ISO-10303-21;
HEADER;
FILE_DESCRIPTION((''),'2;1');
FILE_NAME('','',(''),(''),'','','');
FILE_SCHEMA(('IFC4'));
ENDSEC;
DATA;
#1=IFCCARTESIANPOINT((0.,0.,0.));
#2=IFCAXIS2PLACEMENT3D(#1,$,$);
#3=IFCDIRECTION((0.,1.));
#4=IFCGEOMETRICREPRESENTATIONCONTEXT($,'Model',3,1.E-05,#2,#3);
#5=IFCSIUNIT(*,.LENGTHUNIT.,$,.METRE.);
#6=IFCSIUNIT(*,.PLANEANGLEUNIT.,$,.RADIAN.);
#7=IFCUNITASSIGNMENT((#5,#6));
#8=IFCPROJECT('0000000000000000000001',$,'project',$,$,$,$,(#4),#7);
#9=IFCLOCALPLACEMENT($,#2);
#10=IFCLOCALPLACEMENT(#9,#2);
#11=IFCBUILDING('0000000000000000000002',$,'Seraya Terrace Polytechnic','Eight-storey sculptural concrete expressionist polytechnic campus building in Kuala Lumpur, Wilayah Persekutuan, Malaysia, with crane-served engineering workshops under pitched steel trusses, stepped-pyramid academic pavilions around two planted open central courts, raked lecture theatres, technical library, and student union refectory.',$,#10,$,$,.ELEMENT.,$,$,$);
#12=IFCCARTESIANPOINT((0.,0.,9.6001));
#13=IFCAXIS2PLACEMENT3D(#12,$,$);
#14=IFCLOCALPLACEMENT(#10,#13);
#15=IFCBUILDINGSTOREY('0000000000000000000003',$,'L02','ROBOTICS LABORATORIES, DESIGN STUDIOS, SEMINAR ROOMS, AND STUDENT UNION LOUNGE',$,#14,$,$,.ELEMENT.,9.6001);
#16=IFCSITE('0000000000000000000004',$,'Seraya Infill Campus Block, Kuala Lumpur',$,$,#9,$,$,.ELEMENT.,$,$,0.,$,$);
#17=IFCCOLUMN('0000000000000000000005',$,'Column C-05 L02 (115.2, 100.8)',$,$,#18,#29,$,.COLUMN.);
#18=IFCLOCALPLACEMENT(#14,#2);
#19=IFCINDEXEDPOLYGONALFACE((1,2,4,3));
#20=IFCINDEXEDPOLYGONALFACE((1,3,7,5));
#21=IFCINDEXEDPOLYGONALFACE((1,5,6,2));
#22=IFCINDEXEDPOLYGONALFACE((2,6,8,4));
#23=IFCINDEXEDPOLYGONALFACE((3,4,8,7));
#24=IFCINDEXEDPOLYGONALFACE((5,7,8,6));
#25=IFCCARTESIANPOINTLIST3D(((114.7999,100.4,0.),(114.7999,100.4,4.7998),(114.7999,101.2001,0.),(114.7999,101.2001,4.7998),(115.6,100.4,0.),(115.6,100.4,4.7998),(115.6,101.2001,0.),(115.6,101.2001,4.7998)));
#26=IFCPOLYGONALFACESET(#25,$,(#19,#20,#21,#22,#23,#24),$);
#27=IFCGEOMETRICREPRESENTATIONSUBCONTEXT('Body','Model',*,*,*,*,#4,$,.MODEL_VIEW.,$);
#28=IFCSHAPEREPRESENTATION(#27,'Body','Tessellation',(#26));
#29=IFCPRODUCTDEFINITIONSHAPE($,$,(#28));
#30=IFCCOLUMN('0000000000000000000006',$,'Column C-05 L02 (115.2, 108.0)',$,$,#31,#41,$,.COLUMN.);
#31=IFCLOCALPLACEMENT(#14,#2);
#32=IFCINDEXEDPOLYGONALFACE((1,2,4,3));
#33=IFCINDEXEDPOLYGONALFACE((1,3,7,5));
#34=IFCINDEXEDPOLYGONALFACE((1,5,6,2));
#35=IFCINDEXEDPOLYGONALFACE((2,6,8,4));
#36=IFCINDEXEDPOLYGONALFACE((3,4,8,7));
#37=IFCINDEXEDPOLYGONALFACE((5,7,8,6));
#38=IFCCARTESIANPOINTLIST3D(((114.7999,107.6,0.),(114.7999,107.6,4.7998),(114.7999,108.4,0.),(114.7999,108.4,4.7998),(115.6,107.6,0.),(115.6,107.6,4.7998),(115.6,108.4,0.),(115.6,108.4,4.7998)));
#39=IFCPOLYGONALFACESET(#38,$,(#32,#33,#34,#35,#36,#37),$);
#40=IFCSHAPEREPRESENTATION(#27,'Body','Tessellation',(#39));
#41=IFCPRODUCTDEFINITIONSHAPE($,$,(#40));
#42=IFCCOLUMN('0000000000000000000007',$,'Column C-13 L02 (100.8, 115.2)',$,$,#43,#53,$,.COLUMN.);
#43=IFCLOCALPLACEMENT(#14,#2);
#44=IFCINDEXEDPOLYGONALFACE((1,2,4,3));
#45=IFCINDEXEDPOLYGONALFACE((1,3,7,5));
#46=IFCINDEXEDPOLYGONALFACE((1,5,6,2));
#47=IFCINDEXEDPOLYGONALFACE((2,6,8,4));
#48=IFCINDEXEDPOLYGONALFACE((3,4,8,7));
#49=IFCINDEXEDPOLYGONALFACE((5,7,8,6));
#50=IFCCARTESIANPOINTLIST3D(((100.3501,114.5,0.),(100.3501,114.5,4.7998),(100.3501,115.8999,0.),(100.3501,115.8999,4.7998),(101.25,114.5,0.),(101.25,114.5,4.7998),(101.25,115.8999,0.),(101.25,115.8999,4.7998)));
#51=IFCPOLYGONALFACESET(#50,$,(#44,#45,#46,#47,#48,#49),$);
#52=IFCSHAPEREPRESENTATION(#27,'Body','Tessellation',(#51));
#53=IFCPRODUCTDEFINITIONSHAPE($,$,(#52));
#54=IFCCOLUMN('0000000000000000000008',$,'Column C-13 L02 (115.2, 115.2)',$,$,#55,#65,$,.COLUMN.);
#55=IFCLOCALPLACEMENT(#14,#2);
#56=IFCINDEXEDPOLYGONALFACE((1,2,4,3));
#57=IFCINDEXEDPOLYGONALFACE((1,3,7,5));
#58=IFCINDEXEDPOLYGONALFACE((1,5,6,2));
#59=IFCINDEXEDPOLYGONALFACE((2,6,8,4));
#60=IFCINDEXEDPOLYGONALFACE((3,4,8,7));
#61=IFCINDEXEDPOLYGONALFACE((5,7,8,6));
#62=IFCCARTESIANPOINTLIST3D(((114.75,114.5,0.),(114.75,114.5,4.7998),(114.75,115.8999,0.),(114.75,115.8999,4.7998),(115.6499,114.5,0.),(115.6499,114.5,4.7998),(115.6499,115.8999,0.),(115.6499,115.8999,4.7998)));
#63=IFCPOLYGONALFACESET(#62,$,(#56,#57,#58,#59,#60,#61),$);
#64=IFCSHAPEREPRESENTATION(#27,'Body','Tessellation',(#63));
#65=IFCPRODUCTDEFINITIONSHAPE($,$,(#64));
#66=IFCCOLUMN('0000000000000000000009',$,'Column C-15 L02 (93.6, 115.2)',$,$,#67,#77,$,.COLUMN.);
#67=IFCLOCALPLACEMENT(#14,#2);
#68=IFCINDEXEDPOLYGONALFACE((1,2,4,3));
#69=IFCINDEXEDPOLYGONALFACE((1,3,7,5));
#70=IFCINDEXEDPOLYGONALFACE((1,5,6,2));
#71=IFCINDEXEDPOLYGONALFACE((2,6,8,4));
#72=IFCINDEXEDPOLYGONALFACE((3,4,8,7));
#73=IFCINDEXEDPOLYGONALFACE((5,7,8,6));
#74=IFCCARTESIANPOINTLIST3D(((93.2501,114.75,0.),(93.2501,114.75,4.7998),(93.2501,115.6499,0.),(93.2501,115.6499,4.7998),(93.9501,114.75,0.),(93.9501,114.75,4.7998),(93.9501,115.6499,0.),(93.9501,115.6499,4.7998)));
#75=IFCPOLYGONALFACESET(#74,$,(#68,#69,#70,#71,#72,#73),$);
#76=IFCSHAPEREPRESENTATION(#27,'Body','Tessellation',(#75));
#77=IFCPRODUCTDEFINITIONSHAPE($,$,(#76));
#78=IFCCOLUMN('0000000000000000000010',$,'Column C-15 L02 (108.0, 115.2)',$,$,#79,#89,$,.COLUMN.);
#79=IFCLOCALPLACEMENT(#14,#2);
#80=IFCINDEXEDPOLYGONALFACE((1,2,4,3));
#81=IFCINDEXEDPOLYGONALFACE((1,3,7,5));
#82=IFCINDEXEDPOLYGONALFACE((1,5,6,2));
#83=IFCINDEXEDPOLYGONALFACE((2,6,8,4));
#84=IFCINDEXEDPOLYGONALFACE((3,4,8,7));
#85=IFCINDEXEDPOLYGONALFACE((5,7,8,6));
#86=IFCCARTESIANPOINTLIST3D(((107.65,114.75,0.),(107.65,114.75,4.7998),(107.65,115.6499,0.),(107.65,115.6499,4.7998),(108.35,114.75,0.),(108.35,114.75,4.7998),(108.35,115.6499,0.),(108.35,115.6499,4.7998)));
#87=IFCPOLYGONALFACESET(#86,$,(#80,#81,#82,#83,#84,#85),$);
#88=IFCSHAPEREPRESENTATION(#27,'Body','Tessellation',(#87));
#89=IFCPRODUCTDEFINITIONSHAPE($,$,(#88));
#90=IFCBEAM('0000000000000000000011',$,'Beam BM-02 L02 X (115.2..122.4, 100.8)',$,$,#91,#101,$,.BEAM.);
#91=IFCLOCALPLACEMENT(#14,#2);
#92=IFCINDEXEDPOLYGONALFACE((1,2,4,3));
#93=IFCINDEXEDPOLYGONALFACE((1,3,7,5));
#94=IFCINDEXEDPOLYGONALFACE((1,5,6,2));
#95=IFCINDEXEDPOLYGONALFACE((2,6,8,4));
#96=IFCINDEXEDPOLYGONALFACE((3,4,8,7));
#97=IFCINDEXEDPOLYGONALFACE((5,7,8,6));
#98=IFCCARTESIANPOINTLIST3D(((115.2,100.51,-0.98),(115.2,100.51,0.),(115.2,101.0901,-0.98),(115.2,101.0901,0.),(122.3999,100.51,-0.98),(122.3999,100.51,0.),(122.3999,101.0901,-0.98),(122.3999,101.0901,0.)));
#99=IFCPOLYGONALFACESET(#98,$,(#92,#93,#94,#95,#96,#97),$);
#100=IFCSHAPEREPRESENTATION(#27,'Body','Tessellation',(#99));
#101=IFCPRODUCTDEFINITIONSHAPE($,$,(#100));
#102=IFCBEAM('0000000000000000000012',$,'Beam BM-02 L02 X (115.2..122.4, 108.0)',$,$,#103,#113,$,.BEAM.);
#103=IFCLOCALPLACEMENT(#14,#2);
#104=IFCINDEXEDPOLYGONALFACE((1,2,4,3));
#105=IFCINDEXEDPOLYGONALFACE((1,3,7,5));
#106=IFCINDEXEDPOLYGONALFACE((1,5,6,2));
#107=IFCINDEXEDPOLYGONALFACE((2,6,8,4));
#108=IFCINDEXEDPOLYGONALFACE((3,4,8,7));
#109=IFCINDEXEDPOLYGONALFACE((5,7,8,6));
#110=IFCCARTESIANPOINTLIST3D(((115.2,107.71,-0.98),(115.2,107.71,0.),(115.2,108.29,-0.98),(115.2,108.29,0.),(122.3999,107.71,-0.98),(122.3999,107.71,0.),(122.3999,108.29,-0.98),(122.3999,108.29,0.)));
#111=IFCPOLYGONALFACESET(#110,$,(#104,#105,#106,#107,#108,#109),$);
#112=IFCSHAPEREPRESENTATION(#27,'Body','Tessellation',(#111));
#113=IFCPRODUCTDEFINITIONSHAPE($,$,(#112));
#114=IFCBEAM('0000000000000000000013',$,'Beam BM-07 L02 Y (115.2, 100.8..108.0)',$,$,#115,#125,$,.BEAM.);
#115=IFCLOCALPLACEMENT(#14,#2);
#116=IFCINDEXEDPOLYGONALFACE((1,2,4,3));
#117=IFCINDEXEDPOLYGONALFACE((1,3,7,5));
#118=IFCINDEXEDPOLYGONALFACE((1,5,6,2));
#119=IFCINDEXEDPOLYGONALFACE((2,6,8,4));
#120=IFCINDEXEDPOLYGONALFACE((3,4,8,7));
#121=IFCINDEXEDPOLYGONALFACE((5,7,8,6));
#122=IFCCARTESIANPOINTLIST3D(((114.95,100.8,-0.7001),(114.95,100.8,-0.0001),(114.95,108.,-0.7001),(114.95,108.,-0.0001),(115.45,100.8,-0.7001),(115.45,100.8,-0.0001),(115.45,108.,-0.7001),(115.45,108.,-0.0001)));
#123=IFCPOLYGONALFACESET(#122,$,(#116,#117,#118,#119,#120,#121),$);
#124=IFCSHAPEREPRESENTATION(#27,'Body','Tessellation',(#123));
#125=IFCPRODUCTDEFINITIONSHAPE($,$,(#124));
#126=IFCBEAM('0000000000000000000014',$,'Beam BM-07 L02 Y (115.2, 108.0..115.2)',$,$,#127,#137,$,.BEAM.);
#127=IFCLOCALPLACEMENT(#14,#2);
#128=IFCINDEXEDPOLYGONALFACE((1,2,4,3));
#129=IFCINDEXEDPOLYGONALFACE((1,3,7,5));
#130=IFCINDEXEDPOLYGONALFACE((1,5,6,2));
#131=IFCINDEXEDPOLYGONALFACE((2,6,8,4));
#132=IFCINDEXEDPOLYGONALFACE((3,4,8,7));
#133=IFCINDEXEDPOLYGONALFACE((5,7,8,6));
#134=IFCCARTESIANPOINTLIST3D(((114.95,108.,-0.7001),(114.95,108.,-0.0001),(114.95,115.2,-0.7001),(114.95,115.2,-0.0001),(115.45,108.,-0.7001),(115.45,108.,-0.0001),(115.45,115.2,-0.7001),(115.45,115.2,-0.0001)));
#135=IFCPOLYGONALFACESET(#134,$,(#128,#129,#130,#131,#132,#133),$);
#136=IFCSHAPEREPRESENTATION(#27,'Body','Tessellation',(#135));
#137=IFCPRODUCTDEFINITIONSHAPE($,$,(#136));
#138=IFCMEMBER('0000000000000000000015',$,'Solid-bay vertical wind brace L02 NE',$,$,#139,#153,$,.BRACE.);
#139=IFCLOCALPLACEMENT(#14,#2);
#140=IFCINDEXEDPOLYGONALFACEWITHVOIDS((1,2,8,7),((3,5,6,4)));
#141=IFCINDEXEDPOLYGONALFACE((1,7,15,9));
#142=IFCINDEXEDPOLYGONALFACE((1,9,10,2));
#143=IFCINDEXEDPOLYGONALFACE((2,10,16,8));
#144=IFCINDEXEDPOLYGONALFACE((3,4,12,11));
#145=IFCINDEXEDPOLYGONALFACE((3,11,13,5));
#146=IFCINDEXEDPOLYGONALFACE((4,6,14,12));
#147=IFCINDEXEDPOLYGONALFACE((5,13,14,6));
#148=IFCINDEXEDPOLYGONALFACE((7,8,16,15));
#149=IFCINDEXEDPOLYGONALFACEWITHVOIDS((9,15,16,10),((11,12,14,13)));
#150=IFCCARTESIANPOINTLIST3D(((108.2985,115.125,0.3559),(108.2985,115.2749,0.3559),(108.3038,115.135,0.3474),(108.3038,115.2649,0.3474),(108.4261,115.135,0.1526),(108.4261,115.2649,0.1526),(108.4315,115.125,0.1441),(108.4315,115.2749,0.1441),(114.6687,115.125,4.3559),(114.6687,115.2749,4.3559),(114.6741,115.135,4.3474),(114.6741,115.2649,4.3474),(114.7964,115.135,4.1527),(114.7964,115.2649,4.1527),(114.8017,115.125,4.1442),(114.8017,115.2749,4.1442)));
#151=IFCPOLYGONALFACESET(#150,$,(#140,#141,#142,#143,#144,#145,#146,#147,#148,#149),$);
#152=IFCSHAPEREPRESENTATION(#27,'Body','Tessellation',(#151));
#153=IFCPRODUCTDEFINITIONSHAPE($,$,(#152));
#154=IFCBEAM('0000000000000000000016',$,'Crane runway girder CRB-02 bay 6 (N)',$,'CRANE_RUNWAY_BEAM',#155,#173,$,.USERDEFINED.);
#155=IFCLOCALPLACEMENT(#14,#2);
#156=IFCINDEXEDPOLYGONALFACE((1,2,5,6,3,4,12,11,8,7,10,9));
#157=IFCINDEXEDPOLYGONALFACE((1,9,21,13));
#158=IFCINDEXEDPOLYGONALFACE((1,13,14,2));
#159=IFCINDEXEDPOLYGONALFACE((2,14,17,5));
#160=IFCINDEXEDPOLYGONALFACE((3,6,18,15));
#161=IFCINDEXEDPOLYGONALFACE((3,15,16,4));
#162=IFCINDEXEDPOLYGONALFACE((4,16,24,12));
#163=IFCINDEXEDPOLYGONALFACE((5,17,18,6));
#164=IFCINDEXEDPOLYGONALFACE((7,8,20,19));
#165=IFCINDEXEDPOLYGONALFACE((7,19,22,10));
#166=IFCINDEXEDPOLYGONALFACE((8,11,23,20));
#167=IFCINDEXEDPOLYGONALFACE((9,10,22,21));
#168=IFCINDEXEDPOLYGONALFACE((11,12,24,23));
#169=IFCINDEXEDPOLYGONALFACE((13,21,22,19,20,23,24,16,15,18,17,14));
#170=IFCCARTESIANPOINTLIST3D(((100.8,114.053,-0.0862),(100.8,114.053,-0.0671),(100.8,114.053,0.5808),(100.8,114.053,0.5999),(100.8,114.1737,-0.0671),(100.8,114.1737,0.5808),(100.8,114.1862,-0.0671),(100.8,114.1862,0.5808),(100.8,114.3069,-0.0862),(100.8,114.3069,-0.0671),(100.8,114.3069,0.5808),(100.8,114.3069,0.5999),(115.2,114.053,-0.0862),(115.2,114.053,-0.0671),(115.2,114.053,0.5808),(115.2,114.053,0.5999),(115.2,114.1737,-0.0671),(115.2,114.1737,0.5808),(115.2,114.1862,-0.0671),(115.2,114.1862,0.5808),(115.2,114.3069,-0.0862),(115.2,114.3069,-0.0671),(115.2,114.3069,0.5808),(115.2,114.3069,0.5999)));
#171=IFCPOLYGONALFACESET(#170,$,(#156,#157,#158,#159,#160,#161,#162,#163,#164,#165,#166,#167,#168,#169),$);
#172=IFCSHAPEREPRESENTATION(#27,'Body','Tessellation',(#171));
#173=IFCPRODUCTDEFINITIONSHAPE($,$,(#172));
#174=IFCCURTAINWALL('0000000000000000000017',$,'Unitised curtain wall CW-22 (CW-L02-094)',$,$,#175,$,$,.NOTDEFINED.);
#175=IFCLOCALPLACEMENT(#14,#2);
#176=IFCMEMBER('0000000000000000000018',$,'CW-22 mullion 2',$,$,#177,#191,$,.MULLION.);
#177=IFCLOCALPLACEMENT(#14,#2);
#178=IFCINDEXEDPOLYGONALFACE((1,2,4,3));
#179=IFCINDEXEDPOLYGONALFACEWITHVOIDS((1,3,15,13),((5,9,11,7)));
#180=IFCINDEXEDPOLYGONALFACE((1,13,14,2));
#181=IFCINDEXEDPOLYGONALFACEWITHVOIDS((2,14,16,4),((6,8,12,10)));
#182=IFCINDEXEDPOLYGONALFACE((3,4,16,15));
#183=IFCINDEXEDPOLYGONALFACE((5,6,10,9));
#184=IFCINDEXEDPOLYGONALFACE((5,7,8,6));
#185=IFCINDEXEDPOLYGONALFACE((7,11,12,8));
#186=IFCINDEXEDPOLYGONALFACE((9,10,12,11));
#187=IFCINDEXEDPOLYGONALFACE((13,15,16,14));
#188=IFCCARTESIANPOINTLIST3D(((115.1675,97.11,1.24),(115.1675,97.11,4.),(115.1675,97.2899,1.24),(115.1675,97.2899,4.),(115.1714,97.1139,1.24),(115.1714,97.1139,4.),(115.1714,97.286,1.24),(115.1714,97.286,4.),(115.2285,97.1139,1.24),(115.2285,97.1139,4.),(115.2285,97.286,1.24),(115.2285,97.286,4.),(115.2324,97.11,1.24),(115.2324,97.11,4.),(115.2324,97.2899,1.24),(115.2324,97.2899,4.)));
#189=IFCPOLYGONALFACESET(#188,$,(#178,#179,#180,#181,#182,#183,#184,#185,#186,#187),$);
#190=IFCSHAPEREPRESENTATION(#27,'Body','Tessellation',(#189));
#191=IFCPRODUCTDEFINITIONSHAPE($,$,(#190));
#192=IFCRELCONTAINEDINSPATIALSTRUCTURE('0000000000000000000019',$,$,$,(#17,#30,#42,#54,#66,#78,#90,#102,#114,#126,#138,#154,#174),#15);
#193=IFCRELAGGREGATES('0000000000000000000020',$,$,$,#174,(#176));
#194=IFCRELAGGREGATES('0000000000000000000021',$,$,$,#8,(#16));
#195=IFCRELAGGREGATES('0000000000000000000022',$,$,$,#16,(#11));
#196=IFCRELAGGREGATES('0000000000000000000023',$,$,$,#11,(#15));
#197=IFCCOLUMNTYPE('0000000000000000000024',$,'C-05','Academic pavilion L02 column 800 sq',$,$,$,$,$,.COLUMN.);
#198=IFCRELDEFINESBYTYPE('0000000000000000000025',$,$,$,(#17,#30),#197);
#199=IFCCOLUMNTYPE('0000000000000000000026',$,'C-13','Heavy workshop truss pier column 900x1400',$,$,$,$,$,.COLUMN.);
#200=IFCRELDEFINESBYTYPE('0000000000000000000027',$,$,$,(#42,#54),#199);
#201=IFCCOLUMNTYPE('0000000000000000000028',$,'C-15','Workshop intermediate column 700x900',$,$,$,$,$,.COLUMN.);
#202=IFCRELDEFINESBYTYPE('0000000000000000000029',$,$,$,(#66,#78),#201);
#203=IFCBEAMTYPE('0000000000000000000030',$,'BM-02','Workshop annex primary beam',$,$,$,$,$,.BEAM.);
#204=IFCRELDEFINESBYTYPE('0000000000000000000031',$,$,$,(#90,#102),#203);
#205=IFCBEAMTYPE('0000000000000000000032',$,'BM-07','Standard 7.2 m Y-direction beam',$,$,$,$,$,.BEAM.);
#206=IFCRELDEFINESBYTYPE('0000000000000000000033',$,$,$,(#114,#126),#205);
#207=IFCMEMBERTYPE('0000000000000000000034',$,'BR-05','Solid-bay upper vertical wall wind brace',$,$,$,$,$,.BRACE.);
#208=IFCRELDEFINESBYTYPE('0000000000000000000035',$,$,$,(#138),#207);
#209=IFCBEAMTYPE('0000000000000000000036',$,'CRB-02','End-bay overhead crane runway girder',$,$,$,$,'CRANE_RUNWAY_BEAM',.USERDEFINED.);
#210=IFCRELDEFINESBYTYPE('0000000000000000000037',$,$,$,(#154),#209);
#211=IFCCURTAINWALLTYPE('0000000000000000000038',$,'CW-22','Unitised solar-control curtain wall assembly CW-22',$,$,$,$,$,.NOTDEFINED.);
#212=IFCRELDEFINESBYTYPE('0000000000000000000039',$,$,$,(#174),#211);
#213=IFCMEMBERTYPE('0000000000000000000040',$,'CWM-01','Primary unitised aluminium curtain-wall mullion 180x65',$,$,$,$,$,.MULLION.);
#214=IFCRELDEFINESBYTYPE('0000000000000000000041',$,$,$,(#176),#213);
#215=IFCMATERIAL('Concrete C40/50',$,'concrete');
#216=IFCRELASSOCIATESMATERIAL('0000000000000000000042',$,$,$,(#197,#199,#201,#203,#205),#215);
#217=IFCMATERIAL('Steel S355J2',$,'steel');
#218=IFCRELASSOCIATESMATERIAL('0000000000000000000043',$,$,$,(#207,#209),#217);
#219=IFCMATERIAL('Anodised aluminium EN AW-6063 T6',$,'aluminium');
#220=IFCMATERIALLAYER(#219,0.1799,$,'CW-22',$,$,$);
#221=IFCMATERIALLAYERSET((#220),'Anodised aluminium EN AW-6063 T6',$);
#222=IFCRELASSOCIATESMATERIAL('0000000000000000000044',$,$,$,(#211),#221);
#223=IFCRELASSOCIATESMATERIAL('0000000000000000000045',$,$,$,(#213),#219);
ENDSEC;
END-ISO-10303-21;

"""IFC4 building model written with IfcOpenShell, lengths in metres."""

from ifc_helpers import new_model, si_unit, direction, frame, origin, origin_2d, place, context, subcontext, project, spatial, rectangle, hollow_rectangle, i_section, extrude, material, layer, layer_set, material_profile, profile_set, type_object, element, aggregate, save


model = new_model("IFC4")

# Units and contexts
model_context = context("Model", 3, precision=1e-05, world=origin(), true_north=direction((0.0, 1.0)))
body_context = subcontext(model_context, "Body", "Model", "MODEL_VIEW")
ifc_project = project(units=[si_unit("LENGTHUNIT", "METRE"), si_unit("PLANEANGLEUNIT", "RADIAN")], contexts=[model_context])

# Site, building, storey
site_placement = place(None, origin())
site = spatial("IfcSite", under=ifc_project, at=site_placement, Name="Seraya Infill Campus Block, Kuala Lumpur", CompositionType="ELEMENT", RefElevation=0.0)
building_placement = place(site_placement, origin())
building = spatial("IfcBuilding", under=site, at=building_placement, Name="Seraya Terrace Polytechnic", Description="Eight-storey sculptural concrete expressionist polytechnic campus building in Kuala Lumpur, Wilayah Persekutuan, Malaysia, with crane-served engineering workshops under pitched steel trusses, stepped-pyramid academic pavilions around two planted open central courts, raked lecture theatres, technical library, and student union refectory.", CompositionType="ELEMENT")
storey_placement = place(building_placement, frame((0.0, 0.0, 9.6001)))
storey = spatial("IfcBuildingStorey", under=building, at=storey_placement, Name="L02", Description="ROBOTICS LABORATORIES, DESIGN STUDIOS, SEMINAR ROOMS, AND STUDENT UNION LOUNGE", CompositionType="ELEMENT", Elevation=9.6001)

# Columns
ifc_material_1 = material(Name="Concrete C40/50", Category="concrete")
ifc_material_profile_1 = material_profile(ifc_material_1, rectangle(XDim=0.8, YDim=0.8, at=origin_2d()), Name="RC 800x800")
ifc_profile_set_1 = profile_set([ifc_material_profile_1], Name="Concrete C40/50")
column_type_1 = type_object("IfcColumnType", Name="C-05", Description="Academic pavilion L02 column 800 sq", PredefinedType="COLUMN", material=ifc_profile_set_1)
for number, where, z_axis, x_axis, name in (
    (1, (115.2, 100.8, 0.0), (0.0, 0.0, 1.0), (1.0, 0.0, 0.0), "Column C-05 L02 (115.2, 100.8)"),
    (2, (115.2, 108.0, 0.0), (0.0, 0.0, 1.0), (1.0, 0.0, 0.0), "Column C-05 L02 (115.2, 108.0)"),
):
    element("IfcColumn", number, at=place(storey_placement, frame(where, z_axis=z_axis, x_axis=x_axis)), inside=storey, type_object=column_type_1, Name=name, PredefinedType="COLUMN", context=body_context, shape_type="SweptSolid", body=[
        extrude(rectangle(XDim=0.8, YDim=0.8, at=origin_2d()), origin(), (0.0, 0.0, 1.0), 4.7998),
    ])
ifc_material_profile_2 = material_profile(ifc_material_1, rectangle(XDim=0.8999, YDim=1.3999, at=origin_2d()), Name="RC 900x1400")
ifc_profile_set_2 = profile_set([ifc_material_profile_2], Name="Concrete C40/50")
column_type_2 = type_object("IfcColumnType", Name="C-13", Description="Heavy workshop truss pier column 900x1400", PredefinedType="COLUMN", material=ifc_profile_set_2)
for number, where, z_axis, x_axis, name in (
    (3, (100.8, 115.2, 0.0), (0.0, 0.0, 1.0), (1.0, 0.0, 0.0), "Column C-13 L02 (100.8, 115.2)"),
    (4, (115.2, 115.2, 0.0), (0.0, 0.0, 1.0), (1.0, 0.0, 0.0), "Column C-13 L02 (115.2, 115.2)"),
):
    element("IfcColumn", number, at=place(storey_placement, frame(where, z_axis=z_axis, x_axis=x_axis)), inside=storey, type_object=column_type_2, Name=name, PredefinedType="COLUMN", context=body_context, shape_type="SweptSolid", body=[
        extrude(rectangle(XDim=0.8999, YDim=1.3999, at=origin_2d()), origin(), (0.0, 0.0, 1.0), 4.7998),
    ])
ifc_material_profile_3 = material_profile(ifc_material_1, rectangle(XDim=0.7, YDim=0.8999, at=origin_2d()), Name="RC 700x900")
ifc_profile_set_3 = profile_set([ifc_material_profile_3], Name="Concrete C40/50")
column_type_3 = type_object("IfcColumnType", Name="C-15", Description="Workshop intermediate column 700x900", PredefinedType="COLUMN", material=ifc_profile_set_3)
for number, where, z_axis, x_axis, name in (
    (5, (93.6001, 115.2, 0.0), (0.0, 0.0, 1.0), (1.0, 0.0, 0.0), "Column C-15 L02 (93.6, 115.2)"),
    (6, (108.0, 115.2, 0.0), (0.0, 0.0, 1.0), (1.0, 0.0, 0.0), "Column C-15 L02 (108.0, 115.2)"),
):
    element("IfcColumn", number, at=place(storey_placement, frame(where, z_axis=z_axis, x_axis=x_axis)), inside=storey, type_object=column_type_3, Name=name, PredefinedType="COLUMN", context=body_context, shape_type="SweptSolid", body=[
        extrude(rectangle(XDim=0.7, YDim=0.8999, at=origin_2d()), origin(), (0.0, 0.0, 1.0), 4.7998),
    ])

# Beams
ifc_material_profile_4 = material_profile(ifc_material_1, rectangle(XDim=0.5801, YDim=0.98, at=origin_2d()), Name="RC 580x980")
ifc_profile_set_4 = profile_set([ifc_material_profile_4], Name="Concrete C40/50")
beam_type_1 = type_object("IfcBeamType", Name="BM-02", Description="Workshop annex primary beam", PredefinedType="BEAM", material=ifc_profile_set_4)
for number, where, z_axis, x_axis, name in (
    (7, (115.2, 100.8, -0.49), (1.0, 0.0, 0.0), (0.0, 1.0, 0.0), "Beam BM-02 L02 X (115.2..122.4, 100.8)"),
    (8, (115.2, 108.0, -0.49), (1.0, 0.0, 0.0), (0.0, 1.0, 0.0), "Beam BM-02 L02 X (115.2..122.4, 108.0)"),
):
    element("IfcBeam", number, at=place(storey_placement, frame(where, z_axis=z_axis, x_axis=x_axis)), inside=storey, type_object=beam_type_1, Name=name, PredefinedType="BEAM", context=body_context, shape_type="SweptSolid", body=[
        extrude(rectangle(XDim=0.5801, YDim=0.98, at=origin_2d()), origin(), (0.0, 0.0, 1.0), 7.2),
    ])
ifc_material_profile_5 = material_profile(ifc_material_1, rectangle(XDim=0.5, YDim=0.7, at=origin_2d()), Name="RC 500x700")
ifc_profile_set_5 = profile_set([ifc_material_profile_5], Name="Concrete C40/50")
beam_type_2 = type_object("IfcBeamType", Name="BM-07", Description="Standard 7.2 m Y-direction beam", PredefinedType="BEAM", material=ifc_profile_set_5)
for number, where, z_axis, x_axis, name in (
    (9, (115.2, 100.8, -0.3501), (0.0, 1.0, 0.0), (-1.0, 0.0, 0.0), "Beam BM-07 L02 Y (115.2, 100.8..108.0)"),
    (10, (115.2, 108.0, -0.3501), (0.0, 1.0, 0.0), (-1.0, 0.0, 0.0), "Beam BM-07 L02 Y (115.2, 108.0..115.2)"),
):
    element("IfcBeam", number, at=place(storey_placement, frame(where, z_axis=z_axis, x_axis=x_axis)), inside=storey, type_object=beam_type_2, Name=name, PredefinedType="BEAM", context=body_context, shape_type="SweptSolid", body=[
        extrude(rectangle(XDim=0.5, YDim=0.7, at=origin_2d()), origin(), (0.0, 0.0, 1.0), 7.2),
    ])

# Member
ifc_material_2 = material(Name="Steel S355J2", Category="steel")
ifc_material_profile_6 = material_profile(ifc_material_2, hollow_rectangle(XDim=0.1499, YDim=0.25, WallThickness=0.01, at=origin_2d()), Name="RHS 250x150x10.0")
ifc_profile_set_6 = profile_set([ifc_material_profile_6], Name="Steel S355J2")
member_type_1 = type_object("IfcMemberType", Name="BR-05", Description="Solid-bay upper vertical wall wind brace", PredefinedType="BRACE", material=ifc_profile_set_6)
member_1_placement = place(storey_placement, frame((108.365, 115.2, 0.25), z_axis=(0.84688, 0.0, 0.531783), x_axis=(0.0, 1.0, 0.0)))
element("IfcMember", 11, at=member_1_placement, inside=storey, type_object=member_type_1, Name="Solid-bay vertical wind brace L02 NE", PredefinedType="BRACE", context=body_context, shape_type="SweptSolid", body=[
    extrude(hollow_rectangle(XDim=0.1499, YDim=0.25, WallThickness=0.01, at=origin_2d()), origin(), (0.0, 0.0, 1.0), 7.522),
])

# Beam
ifc_material_profile_7 = material_profile(ifc_material_2, i_section(OverallWidth=0.2539, OverallDepth=0.686, WebThickness=0.0125, FlangeThickness=0.019, at=origin_2d()), Name="UKB 686x254x12.4x19.0")
ifc_profile_set_7 = profile_set([ifc_material_profile_7], Name="Steel S355J2")
beam_type_3 = type_object("IfcBeamType", Name="CRB-02", Description="End-bay overhead crane runway girder", ElementType="CRANE_RUNWAY_BEAM", PredefinedType="USERDEFINED", material=ifc_profile_set_7)
beam_placement = place(storey_placement, frame((100.8, 114.1799, 0.2568), z_axis=(1.0, 0.0, 0.0), x_axis=(0.0, 1.0, 0.0)))
element("IfcBeam", 12, at=beam_placement, inside=storey, type_object=beam_type_3, Name="Crane runway girder CRB-02 bay 6 (N)", ObjectType="CRANE_RUNWAY_BEAM", PredefinedType="USERDEFINED", context=body_context, shape_type="SweptSolid", body=[
    extrude(i_section(OverallWidth=0.2539, OverallDepth=0.686, WebThickness=0.0125, FlangeThickness=0.019, at=origin_2d()), origin(), (0.0, 0.0, 1.0), 14.3999),
])

# Curtain wall, member
ifc_material_3 = material(Name="Anodised aluminium EN AW-6063 T6", Category="aluminium")
ifc_layer_1 = layer(ifc_material_3, 0.1799, Name="CW-22")
ifc_layer_set_1 = layer_set([ifc_layer_1], Name="Anodised aluminium EN AW-6063 T6")
curtain_wall_type = type_object("IfcCurtainWallType", Name="CW-22", Description="Unitised solar-control curtain wall assembly CW-22", PredefinedType="NOTDEFINED", material=ifc_layer_set_1)
curtain_wall_placement = place(storey_placement, origin())
curtain_wall = element("IfcCurtainWall", 13, at=curtain_wall_placement, inside=storey, type_object=curtain_wall_type, Name="Unitised curtain wall CW-22 (CW-L02-094)", PredefinedType="NOTDEFINED")
ifc_material_profile_8 = material_profile(ifc_material_3, hollow_rectangle(XDim=0.0649, YDim=0.1799, WallThickness=0.0039, at=origin_2d()), Name="RHS 180x65x4.0")
ifc_profile_set_8 = profile_set([ifc_material_profile_8], Name="Anodised aluminium EN AW-6063 T6")
member_type_2 = type_object("IfcMemberType", Name="CWM-01", Description="Primary unitised aluminium curtain-wall mullion 180x65", PredefinedType="MULLION", material=ifc_profile_set_8)
member_2_placement = place(storey_placement, frame((115.2, 97.2, 1.24), z_axis=(0.0, 0.0, 1.0), x_axis=(-1.0, 0.0, 0.0)))
member_2 = element("IfcMember", 14, at=member_2_placement, type_object=member_type_2, Name="CW-22 mullion 2", PredefinedType="MULLION", context=body_context, shape_type="SweptSolid", body=[
    extrude(hollow_rectangle(XDim=0.0649, YDim=0.1799, WallThickness=0.0039, at=origin_2d()), origin(), (0.0, 0.0, 1.0), 2.76),
])

aggregate(curtain_wall, [member_2])

save(model, "model.ifc")
